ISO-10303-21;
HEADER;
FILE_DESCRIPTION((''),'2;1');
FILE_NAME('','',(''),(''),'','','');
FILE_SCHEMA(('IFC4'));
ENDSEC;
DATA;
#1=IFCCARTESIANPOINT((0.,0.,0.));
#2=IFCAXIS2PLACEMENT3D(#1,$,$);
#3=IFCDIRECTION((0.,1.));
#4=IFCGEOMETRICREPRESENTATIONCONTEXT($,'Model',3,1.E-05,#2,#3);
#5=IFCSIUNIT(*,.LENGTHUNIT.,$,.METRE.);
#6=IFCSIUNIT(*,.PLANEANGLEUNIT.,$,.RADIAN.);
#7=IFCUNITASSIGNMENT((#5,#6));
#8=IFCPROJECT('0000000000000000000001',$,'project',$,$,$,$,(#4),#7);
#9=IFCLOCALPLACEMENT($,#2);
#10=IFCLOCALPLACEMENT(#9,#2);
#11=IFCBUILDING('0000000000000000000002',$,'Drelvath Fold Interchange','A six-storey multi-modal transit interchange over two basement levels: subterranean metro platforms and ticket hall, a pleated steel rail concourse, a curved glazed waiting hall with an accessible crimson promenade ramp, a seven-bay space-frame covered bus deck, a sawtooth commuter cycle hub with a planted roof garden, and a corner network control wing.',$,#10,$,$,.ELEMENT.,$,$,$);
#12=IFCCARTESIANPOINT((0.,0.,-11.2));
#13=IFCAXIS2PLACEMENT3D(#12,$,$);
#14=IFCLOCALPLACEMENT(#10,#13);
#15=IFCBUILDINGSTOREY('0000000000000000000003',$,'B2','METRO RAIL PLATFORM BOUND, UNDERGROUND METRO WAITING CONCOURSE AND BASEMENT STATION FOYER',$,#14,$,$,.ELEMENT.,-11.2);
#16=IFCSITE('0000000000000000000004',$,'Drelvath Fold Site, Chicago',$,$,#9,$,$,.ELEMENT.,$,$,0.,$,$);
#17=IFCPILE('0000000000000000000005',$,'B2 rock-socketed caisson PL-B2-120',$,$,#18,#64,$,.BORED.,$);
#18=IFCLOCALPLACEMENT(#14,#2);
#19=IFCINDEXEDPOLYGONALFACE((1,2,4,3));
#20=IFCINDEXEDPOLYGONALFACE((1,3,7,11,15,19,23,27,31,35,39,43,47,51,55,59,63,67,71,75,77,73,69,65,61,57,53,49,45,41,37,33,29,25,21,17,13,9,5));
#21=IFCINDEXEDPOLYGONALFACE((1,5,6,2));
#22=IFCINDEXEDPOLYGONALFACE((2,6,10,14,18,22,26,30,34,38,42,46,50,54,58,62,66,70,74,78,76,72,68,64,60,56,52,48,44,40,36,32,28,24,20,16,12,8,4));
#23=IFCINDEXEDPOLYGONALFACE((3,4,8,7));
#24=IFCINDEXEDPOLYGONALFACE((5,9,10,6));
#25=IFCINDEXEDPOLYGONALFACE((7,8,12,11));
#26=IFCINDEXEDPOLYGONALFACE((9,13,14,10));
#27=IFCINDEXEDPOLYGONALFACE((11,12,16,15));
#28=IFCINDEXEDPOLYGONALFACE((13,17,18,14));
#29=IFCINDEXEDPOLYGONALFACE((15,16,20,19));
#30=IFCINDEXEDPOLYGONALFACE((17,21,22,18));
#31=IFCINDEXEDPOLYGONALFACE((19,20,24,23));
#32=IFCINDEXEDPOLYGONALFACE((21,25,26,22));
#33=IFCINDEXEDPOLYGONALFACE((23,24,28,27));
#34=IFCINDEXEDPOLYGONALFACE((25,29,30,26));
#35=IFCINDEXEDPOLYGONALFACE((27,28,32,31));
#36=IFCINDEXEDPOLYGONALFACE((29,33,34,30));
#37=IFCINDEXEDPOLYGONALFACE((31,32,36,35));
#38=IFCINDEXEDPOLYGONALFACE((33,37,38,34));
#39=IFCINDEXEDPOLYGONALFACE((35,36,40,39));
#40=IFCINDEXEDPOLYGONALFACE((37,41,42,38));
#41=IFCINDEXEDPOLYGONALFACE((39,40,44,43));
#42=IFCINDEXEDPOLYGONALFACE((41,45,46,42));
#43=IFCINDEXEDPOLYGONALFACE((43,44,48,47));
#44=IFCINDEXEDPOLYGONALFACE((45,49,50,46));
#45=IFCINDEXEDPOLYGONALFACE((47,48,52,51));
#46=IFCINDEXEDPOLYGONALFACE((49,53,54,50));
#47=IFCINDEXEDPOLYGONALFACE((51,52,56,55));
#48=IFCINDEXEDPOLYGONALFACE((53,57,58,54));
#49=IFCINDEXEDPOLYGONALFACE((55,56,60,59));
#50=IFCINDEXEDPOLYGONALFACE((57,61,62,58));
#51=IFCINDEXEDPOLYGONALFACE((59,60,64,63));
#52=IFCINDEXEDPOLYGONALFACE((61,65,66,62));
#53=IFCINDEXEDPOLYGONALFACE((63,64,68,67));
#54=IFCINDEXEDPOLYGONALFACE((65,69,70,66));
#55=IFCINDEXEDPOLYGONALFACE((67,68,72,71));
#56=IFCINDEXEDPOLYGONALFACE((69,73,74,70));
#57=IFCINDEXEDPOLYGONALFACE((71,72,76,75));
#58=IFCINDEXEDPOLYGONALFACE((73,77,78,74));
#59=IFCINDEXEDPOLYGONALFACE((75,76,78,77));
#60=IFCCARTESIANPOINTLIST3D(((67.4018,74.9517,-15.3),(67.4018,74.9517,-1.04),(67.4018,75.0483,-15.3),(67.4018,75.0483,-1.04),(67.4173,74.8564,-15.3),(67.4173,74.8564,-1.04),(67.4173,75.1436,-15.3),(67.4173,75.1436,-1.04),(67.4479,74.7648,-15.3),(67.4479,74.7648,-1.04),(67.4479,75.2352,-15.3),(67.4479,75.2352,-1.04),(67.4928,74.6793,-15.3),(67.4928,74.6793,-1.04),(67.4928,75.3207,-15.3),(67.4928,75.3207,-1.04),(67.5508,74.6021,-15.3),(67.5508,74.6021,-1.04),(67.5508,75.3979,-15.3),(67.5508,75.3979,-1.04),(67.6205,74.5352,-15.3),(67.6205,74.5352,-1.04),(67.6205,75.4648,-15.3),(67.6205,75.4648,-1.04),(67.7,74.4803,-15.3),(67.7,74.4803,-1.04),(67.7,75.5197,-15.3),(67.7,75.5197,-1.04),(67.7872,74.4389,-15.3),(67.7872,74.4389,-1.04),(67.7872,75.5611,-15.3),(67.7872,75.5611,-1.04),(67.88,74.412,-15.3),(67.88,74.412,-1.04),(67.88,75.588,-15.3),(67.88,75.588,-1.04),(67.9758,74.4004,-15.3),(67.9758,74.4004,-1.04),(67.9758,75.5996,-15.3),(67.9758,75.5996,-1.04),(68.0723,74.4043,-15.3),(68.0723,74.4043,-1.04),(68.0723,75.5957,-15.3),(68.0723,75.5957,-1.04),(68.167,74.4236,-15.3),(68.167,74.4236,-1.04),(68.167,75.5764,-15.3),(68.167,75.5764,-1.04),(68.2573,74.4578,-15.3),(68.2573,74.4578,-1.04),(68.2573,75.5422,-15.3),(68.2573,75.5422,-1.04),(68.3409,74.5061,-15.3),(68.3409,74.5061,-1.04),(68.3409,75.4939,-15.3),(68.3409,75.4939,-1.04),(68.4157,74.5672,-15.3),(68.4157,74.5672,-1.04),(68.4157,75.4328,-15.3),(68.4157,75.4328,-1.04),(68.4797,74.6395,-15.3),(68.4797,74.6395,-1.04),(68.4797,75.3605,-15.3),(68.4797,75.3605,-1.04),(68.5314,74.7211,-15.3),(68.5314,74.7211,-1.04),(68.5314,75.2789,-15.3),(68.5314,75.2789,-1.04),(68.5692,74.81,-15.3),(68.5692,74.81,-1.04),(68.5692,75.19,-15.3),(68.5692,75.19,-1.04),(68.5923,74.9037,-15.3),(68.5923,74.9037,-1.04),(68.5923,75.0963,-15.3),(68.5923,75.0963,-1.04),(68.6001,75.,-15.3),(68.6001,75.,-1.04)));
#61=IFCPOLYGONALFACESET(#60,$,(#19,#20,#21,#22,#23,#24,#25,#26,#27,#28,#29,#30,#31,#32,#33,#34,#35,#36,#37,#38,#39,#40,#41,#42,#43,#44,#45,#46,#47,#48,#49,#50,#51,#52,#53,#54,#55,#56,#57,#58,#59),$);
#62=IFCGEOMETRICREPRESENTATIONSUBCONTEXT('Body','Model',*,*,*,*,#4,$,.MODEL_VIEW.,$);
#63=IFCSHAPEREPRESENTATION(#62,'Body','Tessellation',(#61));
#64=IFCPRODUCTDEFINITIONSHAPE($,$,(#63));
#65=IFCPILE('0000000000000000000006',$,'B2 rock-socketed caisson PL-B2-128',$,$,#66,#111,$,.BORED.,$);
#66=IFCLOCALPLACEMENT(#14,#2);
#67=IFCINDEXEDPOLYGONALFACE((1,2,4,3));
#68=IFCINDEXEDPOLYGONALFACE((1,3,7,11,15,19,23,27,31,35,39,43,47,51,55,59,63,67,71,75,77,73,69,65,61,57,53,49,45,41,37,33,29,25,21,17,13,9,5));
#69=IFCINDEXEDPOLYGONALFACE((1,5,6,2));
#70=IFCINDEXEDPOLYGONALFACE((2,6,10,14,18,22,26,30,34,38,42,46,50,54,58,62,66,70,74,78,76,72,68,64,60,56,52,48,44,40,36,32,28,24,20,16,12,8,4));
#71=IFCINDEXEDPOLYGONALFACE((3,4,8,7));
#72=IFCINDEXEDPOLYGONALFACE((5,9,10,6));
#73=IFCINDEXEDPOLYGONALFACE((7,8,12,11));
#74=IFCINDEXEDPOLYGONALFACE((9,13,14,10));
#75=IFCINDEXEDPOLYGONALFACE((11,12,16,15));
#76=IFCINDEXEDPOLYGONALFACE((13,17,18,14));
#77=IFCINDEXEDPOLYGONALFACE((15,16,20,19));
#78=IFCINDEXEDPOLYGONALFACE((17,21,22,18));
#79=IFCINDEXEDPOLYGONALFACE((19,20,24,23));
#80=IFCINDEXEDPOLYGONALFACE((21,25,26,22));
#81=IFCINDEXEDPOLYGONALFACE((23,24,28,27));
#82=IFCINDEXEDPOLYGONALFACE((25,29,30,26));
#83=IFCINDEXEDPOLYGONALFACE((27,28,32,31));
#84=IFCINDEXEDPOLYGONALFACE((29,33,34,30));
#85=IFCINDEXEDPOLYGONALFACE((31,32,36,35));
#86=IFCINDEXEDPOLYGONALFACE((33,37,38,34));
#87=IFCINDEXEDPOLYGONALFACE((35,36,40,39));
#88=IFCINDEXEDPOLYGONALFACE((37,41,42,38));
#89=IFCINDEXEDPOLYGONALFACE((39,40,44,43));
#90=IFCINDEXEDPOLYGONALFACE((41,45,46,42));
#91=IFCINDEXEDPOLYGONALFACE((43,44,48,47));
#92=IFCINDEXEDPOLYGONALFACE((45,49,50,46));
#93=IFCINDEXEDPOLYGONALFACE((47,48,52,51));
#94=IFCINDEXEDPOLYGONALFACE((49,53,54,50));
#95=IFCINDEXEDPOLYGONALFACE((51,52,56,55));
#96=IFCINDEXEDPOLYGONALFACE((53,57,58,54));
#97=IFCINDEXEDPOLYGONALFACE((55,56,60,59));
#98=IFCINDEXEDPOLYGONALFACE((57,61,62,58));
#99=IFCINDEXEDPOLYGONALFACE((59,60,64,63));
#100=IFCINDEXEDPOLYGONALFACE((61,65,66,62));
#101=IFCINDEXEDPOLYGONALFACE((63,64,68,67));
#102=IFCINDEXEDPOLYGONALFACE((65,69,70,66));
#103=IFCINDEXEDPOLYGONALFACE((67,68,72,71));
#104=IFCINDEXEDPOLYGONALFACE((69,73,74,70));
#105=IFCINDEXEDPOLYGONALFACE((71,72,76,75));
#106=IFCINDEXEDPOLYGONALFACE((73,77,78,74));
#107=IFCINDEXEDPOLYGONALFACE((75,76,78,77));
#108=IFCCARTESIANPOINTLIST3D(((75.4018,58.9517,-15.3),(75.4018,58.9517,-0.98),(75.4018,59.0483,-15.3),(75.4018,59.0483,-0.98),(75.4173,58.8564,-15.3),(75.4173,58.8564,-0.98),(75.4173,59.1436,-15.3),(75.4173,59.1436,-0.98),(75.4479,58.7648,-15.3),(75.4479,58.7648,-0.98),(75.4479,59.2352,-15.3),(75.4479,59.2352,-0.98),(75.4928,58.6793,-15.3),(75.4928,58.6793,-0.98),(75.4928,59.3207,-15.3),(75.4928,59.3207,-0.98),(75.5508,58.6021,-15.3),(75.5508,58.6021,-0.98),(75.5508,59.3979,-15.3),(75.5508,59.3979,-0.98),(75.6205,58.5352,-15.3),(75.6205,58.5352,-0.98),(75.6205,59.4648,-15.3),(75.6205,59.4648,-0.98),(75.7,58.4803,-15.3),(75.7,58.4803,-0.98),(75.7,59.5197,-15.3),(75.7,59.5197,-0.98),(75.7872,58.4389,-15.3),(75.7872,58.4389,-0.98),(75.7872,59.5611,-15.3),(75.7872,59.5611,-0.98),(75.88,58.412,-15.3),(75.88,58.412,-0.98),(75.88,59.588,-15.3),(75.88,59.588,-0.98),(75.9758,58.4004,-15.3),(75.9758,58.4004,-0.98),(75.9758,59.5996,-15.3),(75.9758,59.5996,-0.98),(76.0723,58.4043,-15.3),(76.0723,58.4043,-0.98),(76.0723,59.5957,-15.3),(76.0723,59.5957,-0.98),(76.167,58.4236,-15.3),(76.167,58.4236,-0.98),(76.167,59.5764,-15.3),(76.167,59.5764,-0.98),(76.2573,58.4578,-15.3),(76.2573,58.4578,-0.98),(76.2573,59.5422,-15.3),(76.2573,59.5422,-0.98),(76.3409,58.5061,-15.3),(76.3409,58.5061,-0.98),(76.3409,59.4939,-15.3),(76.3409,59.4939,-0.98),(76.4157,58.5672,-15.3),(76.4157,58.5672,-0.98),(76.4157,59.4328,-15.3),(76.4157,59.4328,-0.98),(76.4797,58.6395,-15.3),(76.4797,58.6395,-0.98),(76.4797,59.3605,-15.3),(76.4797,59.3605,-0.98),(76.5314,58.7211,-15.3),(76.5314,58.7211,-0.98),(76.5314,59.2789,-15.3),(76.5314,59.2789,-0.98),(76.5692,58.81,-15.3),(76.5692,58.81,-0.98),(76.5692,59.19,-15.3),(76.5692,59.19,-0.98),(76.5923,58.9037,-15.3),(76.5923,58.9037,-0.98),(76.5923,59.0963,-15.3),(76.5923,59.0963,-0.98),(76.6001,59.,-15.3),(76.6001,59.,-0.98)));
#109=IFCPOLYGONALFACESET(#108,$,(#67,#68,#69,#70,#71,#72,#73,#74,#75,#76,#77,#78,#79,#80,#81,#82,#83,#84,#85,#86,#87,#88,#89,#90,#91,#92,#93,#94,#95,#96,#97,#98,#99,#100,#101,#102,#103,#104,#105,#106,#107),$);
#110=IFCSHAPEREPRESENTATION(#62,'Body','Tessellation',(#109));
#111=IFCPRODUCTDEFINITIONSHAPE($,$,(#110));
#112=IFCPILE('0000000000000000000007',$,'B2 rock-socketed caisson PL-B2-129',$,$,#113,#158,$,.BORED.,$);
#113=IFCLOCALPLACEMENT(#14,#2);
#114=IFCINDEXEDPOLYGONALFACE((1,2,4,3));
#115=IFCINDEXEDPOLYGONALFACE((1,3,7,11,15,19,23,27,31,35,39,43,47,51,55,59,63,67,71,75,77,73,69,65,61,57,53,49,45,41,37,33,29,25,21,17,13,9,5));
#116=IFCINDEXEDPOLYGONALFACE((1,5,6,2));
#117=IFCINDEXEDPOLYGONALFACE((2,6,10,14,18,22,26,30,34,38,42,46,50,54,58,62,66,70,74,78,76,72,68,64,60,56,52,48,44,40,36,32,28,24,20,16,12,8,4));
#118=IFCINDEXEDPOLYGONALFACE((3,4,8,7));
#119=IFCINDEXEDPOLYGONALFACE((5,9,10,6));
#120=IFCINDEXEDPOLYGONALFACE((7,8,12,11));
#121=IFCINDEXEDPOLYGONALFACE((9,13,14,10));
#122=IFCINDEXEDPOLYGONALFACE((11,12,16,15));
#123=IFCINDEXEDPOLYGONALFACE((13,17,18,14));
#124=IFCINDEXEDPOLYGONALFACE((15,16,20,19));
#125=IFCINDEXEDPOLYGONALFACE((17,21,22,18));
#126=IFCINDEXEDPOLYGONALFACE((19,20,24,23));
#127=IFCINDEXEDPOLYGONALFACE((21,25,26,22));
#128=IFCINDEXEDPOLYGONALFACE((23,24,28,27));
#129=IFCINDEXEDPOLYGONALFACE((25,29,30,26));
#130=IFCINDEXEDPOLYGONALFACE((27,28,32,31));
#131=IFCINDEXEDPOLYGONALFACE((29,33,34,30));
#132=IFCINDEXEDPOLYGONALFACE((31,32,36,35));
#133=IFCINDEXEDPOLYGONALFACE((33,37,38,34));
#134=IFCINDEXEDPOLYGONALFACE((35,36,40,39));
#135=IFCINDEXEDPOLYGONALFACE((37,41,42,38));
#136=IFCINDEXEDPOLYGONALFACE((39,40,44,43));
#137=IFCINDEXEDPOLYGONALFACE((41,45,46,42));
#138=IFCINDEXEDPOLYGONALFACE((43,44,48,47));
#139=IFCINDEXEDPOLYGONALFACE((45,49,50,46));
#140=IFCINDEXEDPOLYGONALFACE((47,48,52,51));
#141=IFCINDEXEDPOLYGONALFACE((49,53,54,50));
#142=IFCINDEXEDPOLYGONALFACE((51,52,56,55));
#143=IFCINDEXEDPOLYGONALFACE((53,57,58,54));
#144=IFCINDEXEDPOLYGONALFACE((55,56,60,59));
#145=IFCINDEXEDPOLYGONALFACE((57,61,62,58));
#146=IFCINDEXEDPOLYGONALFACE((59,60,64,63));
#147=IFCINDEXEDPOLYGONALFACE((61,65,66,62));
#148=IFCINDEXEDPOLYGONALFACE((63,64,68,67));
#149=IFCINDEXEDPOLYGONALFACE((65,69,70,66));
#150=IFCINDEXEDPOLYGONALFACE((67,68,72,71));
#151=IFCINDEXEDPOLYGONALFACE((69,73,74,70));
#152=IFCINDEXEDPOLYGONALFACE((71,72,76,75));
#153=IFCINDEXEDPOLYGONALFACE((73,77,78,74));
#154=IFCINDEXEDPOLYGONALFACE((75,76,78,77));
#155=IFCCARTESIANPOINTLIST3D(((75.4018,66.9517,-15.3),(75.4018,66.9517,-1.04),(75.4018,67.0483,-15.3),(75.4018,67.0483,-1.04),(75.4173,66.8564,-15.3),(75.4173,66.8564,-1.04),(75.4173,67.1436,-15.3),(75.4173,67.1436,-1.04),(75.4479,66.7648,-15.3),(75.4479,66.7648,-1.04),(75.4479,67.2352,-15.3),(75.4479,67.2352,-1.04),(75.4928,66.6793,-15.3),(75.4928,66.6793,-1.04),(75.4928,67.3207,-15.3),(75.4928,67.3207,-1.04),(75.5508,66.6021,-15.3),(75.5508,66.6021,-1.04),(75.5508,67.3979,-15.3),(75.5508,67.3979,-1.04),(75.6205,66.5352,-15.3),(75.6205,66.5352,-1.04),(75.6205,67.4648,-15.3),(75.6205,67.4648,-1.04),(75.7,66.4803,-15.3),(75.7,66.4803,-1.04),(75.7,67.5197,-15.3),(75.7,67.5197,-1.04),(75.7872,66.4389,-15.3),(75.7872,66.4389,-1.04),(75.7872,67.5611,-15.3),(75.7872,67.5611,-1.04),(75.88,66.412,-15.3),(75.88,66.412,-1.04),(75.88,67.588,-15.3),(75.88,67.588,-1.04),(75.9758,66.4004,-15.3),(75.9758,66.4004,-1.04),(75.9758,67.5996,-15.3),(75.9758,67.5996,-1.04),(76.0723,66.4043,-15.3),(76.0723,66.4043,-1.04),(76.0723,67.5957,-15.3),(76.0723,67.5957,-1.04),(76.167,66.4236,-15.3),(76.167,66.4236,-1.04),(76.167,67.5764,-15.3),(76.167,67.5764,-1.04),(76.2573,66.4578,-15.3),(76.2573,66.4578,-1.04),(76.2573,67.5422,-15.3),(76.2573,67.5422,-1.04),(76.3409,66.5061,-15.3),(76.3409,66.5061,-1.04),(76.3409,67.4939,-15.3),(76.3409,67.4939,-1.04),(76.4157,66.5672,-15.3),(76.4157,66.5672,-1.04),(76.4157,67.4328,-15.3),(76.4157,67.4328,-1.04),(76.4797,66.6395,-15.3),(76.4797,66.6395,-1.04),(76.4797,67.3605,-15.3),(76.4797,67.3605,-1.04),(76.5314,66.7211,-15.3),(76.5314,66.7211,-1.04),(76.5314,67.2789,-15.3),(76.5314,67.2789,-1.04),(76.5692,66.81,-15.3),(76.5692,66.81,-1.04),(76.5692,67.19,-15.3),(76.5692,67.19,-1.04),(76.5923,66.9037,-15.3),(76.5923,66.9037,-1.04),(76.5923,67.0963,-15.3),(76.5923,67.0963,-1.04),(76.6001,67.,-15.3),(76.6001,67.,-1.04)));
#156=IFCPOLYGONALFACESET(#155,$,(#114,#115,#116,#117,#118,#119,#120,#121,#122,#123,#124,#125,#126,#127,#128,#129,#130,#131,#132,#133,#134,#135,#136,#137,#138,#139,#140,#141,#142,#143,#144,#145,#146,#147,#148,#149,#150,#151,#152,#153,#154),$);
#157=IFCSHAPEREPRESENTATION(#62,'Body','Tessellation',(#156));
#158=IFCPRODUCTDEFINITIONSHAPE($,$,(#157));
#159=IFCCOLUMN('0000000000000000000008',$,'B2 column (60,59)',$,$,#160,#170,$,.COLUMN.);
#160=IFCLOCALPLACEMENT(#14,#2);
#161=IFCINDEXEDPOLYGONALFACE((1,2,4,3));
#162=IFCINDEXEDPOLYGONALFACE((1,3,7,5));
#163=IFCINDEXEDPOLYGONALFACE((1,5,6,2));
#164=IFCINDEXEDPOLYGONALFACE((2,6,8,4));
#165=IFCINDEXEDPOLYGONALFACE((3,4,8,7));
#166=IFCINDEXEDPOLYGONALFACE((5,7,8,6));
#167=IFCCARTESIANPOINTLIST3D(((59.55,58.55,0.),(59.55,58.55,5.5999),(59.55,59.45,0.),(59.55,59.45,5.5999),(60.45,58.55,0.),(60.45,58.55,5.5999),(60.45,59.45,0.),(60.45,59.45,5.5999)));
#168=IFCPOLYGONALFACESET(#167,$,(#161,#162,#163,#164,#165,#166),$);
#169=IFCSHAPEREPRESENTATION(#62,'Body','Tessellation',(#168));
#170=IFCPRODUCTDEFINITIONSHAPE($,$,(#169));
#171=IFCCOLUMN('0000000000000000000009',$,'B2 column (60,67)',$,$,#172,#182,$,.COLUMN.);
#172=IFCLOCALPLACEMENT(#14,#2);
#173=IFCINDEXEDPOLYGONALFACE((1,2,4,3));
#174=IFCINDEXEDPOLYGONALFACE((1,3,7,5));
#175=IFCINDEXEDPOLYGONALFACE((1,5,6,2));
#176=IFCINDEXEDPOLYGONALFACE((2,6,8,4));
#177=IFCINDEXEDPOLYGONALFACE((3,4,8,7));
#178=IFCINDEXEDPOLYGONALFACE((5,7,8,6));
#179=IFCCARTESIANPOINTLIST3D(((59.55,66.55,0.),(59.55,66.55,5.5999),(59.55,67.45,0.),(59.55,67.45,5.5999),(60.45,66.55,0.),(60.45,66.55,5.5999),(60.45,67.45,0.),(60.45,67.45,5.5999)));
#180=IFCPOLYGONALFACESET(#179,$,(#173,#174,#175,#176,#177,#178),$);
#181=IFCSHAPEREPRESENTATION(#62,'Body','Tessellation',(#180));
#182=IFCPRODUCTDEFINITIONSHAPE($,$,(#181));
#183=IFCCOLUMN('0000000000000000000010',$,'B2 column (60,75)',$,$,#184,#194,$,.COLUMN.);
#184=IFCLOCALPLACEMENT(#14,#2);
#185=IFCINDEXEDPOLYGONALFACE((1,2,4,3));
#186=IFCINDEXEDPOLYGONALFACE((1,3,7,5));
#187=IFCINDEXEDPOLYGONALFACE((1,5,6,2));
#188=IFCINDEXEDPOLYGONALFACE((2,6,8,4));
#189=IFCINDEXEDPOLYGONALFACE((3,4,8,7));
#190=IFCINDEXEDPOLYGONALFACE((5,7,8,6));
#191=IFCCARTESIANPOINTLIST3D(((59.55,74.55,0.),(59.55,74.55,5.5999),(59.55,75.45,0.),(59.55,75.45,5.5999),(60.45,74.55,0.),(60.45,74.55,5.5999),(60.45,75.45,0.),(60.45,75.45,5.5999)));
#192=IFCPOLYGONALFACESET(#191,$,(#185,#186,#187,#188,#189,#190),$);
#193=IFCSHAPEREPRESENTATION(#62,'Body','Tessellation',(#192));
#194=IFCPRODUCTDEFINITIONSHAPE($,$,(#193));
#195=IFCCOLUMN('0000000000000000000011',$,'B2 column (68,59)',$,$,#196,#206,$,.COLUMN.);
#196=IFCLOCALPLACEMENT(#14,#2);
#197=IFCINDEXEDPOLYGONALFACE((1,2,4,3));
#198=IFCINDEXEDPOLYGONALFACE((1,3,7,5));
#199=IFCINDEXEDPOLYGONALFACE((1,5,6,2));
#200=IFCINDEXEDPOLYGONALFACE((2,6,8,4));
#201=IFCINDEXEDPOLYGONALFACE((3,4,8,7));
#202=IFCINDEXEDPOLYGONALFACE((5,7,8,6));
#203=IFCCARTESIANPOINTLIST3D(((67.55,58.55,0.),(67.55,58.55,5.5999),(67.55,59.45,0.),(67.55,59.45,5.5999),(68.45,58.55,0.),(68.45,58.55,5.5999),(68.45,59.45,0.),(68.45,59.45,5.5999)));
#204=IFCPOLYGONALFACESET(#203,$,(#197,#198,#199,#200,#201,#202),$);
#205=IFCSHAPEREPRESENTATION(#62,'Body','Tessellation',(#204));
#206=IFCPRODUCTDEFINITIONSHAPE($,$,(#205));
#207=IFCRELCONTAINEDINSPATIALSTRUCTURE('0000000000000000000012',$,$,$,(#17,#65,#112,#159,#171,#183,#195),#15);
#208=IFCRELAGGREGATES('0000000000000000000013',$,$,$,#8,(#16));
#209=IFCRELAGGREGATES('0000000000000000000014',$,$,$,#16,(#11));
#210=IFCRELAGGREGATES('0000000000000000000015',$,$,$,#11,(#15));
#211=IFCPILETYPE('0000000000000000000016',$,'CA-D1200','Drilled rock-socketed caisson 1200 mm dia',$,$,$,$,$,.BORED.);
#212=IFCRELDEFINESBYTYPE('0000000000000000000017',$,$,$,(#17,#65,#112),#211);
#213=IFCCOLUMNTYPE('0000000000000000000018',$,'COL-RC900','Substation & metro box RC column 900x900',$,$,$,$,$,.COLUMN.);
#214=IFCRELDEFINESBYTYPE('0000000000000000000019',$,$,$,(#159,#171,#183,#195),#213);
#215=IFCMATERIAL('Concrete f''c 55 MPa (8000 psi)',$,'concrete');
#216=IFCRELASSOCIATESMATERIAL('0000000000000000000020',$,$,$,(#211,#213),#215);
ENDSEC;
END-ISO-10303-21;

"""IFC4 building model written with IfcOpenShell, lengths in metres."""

from ifc_helpers import new_model, si_unit, direction, frame, origin, origin_2d, place, context, subcontext, project, spatial, rectangle, circle, extrude, material, material_profile, profile_set, type_object, element, save


model = new_model("IFC4")

# Units and contexts
model_context = context("Model", 3, precision=1e-05, world=origin(), true_north=direction((0.0, 1.0)))
body_context = subcontext(model_context, "Body", "Model", "MODEL_VIEW")
ifc_project = project(units=[si_unit("LENGTHUNIT", "METRE"), si_unit("PLANEANGLEUNIT", "RADIAN")], contexts=[model_context])

# Site, building, storey
site_placement = place(None, origin())
site = spatial("IfcSite", under=ifc_project, at=site_placement, Name="Drelvath Fold Site, Chicago", CompositionType="ELEMENT", RefElevation=0.0)
building_placement = place(site_placement, origin())
building = spatial("IfcBuilding", under=site, at=building_placement, Name="Drelvath Fold Interchange", Description="A six-storey multi-modal transit interchange over two basement levels: subterranean metro platforms and ticket hall, a pleated steel rail concourse, a curved glazed waiting hall with an accessible crimson promenade ramp, a seven-bay space-frame covered bus deck, a sawtooth commuter cycle hub with a planted roof garden, and a corner network control wing.", CompositionType="ELEMENT")
storey_placement = place(building_placement, frame((0.0, 0.0, -11.2)))
storey = spatial("IfcBuildingStorey", under=building, at=storey_placement, Name="B2", Description="METRO RAIL PLATFORM BOUND, UNDERGROUND METRO WAITING CONCOURSE AND BASEMENT STATION FOYER", CompositionType="ELEMENT", Elevation=-11.2)

# Piles
ifc_material_1 = material(Name="Concrete f'c 55 MPa (8000 psi)", Category="concrete")
ifc_material_profile_1 = material_profile(ifc_material_1, circle(Radius=0.6001, at=origin_2d()), Name="CAISSON D1200")
ifc_profile_set_1 = profile_set([ifc_material_profile_1], Name="Concrete f'c 55 MPa (8000 psi)")
pile_type = type_object("IfcPileType", Name="CA-D1200", Description="Drilled rock-socketed caisson 1200 mm dia", PredefinedType="BORED", material=ifc_profile_set_1)
for number, where, z_axis, x_axis, name in (
    (1, (68.0, 75.0, -1.04), (0.0, 0.0, -1.0), (1.0, 0.0, 0.0), "B2 rock-socketed caisson PL-B2-120"),
):
    element("IfcPile", number, at=place(storey_placement, frame(where, z_axis=z_axis, x_axis=x_axis)), inside=storey, type_object=pile_type, Name=name, PredefinedType="BORED", context=body_context, shape_type="SweptSolid", body=[
        extrude(circle(Radius=0.6001, at=origin_2d()), origin(), (0.0, 0.0, 1.0), 14.26),
    ])
pile_1_placement = place(storey_placement, frame((76.0, 59.0, -0.98), z_axis=(0.0, 0.0, -1.0), x_axis=(1.0, 0.0, 0.0)))
element("IfcPile", 2, at=pile_1_placement, inside=storey, type_object=pile_type, Name="B2 rock-socketed caisson PL-B2-128", PredefinedType="BORED", context=body_context, shape_type="SweptSolid", body=[
    extrude(circle(Radius=0.6001, at=origin_2d()), origin(), (0.0, 0.0, 1.0), 14.3201),
])
pile_2_placement = place(storey_placement, frame((76.0, 67.0, -1.04), z_axis=(0.0, 0.0, -1.0), x_axis=(1.0, 0.0, 0.0)))
element("IfcPile", 3, at=pile_2_placement, inside=storey, type_object=pile_type, Name="B2 rock-socketed caisson PL-B2-129", PredefinedType="BORED", context=body_context, shape_type="SweptSolid", body=[
    extrude(circle(Radius=0.6001, at=origin_2d()), origin(), (0.0, 0.0, 1.0), 14.26),
])

# Columns
ifc_material_profile_2 = material_profile(ifc_material_1, rectangle(XDim=0.8999, YDim=0.8999, at=origin_2d()), Name="RC 900x900")
ifc_profile_set_2 = profile_set([ifc_material_profile_2], Name="Concrete f'c 55 MPa (8000 psi)")
column_type = type_object("IfcColumnType", Name="COL-RC900", Description="Substation & metro box RC column 900x900", PredefinedType="COLUMN", material=ifc_profile_set_2)
for number, where, z_axis, x_axis, name in (
    (4, (60.0, 59.0, 0.0), (0.0, 0.0, 1.0), (1.0, 0.0, 0.0), "B2 column (60,59)"),
    (5, (60.0, 67.0, 0.0), (0.0, 0.0, 1.0), (1.0, 0.0, 0.0), "B2 column (60,67)"),
    (6, (60.0, 75.0, 0.0), (0.0, 0.0, 1.0), (1.0, 0.0, 0.0), "B2 column (60,75)"),
    (7, (68.0, 59.0, 0.0), (0.0, 0.0, 1.0), (1.0, 0.0, 0.0), "B2 column (68,59)"),
):
    element("IfcColumn", number, at=place(storey_placement, frame(where, z_axis=z_axis, x_axis=x_axis)), inside=storey, type_object=column_type, Name=name, PredefinedType="COLUMN", context=body_context, shape_type="SweptSolid", body=[
        extrude(rectangle(XDim=0.8999, YDim=0.8999, at=origin_2d()), origin(), (0.0, 0.0, 1.0), 5.5999),
    ])

save(model, "model.ifc")
